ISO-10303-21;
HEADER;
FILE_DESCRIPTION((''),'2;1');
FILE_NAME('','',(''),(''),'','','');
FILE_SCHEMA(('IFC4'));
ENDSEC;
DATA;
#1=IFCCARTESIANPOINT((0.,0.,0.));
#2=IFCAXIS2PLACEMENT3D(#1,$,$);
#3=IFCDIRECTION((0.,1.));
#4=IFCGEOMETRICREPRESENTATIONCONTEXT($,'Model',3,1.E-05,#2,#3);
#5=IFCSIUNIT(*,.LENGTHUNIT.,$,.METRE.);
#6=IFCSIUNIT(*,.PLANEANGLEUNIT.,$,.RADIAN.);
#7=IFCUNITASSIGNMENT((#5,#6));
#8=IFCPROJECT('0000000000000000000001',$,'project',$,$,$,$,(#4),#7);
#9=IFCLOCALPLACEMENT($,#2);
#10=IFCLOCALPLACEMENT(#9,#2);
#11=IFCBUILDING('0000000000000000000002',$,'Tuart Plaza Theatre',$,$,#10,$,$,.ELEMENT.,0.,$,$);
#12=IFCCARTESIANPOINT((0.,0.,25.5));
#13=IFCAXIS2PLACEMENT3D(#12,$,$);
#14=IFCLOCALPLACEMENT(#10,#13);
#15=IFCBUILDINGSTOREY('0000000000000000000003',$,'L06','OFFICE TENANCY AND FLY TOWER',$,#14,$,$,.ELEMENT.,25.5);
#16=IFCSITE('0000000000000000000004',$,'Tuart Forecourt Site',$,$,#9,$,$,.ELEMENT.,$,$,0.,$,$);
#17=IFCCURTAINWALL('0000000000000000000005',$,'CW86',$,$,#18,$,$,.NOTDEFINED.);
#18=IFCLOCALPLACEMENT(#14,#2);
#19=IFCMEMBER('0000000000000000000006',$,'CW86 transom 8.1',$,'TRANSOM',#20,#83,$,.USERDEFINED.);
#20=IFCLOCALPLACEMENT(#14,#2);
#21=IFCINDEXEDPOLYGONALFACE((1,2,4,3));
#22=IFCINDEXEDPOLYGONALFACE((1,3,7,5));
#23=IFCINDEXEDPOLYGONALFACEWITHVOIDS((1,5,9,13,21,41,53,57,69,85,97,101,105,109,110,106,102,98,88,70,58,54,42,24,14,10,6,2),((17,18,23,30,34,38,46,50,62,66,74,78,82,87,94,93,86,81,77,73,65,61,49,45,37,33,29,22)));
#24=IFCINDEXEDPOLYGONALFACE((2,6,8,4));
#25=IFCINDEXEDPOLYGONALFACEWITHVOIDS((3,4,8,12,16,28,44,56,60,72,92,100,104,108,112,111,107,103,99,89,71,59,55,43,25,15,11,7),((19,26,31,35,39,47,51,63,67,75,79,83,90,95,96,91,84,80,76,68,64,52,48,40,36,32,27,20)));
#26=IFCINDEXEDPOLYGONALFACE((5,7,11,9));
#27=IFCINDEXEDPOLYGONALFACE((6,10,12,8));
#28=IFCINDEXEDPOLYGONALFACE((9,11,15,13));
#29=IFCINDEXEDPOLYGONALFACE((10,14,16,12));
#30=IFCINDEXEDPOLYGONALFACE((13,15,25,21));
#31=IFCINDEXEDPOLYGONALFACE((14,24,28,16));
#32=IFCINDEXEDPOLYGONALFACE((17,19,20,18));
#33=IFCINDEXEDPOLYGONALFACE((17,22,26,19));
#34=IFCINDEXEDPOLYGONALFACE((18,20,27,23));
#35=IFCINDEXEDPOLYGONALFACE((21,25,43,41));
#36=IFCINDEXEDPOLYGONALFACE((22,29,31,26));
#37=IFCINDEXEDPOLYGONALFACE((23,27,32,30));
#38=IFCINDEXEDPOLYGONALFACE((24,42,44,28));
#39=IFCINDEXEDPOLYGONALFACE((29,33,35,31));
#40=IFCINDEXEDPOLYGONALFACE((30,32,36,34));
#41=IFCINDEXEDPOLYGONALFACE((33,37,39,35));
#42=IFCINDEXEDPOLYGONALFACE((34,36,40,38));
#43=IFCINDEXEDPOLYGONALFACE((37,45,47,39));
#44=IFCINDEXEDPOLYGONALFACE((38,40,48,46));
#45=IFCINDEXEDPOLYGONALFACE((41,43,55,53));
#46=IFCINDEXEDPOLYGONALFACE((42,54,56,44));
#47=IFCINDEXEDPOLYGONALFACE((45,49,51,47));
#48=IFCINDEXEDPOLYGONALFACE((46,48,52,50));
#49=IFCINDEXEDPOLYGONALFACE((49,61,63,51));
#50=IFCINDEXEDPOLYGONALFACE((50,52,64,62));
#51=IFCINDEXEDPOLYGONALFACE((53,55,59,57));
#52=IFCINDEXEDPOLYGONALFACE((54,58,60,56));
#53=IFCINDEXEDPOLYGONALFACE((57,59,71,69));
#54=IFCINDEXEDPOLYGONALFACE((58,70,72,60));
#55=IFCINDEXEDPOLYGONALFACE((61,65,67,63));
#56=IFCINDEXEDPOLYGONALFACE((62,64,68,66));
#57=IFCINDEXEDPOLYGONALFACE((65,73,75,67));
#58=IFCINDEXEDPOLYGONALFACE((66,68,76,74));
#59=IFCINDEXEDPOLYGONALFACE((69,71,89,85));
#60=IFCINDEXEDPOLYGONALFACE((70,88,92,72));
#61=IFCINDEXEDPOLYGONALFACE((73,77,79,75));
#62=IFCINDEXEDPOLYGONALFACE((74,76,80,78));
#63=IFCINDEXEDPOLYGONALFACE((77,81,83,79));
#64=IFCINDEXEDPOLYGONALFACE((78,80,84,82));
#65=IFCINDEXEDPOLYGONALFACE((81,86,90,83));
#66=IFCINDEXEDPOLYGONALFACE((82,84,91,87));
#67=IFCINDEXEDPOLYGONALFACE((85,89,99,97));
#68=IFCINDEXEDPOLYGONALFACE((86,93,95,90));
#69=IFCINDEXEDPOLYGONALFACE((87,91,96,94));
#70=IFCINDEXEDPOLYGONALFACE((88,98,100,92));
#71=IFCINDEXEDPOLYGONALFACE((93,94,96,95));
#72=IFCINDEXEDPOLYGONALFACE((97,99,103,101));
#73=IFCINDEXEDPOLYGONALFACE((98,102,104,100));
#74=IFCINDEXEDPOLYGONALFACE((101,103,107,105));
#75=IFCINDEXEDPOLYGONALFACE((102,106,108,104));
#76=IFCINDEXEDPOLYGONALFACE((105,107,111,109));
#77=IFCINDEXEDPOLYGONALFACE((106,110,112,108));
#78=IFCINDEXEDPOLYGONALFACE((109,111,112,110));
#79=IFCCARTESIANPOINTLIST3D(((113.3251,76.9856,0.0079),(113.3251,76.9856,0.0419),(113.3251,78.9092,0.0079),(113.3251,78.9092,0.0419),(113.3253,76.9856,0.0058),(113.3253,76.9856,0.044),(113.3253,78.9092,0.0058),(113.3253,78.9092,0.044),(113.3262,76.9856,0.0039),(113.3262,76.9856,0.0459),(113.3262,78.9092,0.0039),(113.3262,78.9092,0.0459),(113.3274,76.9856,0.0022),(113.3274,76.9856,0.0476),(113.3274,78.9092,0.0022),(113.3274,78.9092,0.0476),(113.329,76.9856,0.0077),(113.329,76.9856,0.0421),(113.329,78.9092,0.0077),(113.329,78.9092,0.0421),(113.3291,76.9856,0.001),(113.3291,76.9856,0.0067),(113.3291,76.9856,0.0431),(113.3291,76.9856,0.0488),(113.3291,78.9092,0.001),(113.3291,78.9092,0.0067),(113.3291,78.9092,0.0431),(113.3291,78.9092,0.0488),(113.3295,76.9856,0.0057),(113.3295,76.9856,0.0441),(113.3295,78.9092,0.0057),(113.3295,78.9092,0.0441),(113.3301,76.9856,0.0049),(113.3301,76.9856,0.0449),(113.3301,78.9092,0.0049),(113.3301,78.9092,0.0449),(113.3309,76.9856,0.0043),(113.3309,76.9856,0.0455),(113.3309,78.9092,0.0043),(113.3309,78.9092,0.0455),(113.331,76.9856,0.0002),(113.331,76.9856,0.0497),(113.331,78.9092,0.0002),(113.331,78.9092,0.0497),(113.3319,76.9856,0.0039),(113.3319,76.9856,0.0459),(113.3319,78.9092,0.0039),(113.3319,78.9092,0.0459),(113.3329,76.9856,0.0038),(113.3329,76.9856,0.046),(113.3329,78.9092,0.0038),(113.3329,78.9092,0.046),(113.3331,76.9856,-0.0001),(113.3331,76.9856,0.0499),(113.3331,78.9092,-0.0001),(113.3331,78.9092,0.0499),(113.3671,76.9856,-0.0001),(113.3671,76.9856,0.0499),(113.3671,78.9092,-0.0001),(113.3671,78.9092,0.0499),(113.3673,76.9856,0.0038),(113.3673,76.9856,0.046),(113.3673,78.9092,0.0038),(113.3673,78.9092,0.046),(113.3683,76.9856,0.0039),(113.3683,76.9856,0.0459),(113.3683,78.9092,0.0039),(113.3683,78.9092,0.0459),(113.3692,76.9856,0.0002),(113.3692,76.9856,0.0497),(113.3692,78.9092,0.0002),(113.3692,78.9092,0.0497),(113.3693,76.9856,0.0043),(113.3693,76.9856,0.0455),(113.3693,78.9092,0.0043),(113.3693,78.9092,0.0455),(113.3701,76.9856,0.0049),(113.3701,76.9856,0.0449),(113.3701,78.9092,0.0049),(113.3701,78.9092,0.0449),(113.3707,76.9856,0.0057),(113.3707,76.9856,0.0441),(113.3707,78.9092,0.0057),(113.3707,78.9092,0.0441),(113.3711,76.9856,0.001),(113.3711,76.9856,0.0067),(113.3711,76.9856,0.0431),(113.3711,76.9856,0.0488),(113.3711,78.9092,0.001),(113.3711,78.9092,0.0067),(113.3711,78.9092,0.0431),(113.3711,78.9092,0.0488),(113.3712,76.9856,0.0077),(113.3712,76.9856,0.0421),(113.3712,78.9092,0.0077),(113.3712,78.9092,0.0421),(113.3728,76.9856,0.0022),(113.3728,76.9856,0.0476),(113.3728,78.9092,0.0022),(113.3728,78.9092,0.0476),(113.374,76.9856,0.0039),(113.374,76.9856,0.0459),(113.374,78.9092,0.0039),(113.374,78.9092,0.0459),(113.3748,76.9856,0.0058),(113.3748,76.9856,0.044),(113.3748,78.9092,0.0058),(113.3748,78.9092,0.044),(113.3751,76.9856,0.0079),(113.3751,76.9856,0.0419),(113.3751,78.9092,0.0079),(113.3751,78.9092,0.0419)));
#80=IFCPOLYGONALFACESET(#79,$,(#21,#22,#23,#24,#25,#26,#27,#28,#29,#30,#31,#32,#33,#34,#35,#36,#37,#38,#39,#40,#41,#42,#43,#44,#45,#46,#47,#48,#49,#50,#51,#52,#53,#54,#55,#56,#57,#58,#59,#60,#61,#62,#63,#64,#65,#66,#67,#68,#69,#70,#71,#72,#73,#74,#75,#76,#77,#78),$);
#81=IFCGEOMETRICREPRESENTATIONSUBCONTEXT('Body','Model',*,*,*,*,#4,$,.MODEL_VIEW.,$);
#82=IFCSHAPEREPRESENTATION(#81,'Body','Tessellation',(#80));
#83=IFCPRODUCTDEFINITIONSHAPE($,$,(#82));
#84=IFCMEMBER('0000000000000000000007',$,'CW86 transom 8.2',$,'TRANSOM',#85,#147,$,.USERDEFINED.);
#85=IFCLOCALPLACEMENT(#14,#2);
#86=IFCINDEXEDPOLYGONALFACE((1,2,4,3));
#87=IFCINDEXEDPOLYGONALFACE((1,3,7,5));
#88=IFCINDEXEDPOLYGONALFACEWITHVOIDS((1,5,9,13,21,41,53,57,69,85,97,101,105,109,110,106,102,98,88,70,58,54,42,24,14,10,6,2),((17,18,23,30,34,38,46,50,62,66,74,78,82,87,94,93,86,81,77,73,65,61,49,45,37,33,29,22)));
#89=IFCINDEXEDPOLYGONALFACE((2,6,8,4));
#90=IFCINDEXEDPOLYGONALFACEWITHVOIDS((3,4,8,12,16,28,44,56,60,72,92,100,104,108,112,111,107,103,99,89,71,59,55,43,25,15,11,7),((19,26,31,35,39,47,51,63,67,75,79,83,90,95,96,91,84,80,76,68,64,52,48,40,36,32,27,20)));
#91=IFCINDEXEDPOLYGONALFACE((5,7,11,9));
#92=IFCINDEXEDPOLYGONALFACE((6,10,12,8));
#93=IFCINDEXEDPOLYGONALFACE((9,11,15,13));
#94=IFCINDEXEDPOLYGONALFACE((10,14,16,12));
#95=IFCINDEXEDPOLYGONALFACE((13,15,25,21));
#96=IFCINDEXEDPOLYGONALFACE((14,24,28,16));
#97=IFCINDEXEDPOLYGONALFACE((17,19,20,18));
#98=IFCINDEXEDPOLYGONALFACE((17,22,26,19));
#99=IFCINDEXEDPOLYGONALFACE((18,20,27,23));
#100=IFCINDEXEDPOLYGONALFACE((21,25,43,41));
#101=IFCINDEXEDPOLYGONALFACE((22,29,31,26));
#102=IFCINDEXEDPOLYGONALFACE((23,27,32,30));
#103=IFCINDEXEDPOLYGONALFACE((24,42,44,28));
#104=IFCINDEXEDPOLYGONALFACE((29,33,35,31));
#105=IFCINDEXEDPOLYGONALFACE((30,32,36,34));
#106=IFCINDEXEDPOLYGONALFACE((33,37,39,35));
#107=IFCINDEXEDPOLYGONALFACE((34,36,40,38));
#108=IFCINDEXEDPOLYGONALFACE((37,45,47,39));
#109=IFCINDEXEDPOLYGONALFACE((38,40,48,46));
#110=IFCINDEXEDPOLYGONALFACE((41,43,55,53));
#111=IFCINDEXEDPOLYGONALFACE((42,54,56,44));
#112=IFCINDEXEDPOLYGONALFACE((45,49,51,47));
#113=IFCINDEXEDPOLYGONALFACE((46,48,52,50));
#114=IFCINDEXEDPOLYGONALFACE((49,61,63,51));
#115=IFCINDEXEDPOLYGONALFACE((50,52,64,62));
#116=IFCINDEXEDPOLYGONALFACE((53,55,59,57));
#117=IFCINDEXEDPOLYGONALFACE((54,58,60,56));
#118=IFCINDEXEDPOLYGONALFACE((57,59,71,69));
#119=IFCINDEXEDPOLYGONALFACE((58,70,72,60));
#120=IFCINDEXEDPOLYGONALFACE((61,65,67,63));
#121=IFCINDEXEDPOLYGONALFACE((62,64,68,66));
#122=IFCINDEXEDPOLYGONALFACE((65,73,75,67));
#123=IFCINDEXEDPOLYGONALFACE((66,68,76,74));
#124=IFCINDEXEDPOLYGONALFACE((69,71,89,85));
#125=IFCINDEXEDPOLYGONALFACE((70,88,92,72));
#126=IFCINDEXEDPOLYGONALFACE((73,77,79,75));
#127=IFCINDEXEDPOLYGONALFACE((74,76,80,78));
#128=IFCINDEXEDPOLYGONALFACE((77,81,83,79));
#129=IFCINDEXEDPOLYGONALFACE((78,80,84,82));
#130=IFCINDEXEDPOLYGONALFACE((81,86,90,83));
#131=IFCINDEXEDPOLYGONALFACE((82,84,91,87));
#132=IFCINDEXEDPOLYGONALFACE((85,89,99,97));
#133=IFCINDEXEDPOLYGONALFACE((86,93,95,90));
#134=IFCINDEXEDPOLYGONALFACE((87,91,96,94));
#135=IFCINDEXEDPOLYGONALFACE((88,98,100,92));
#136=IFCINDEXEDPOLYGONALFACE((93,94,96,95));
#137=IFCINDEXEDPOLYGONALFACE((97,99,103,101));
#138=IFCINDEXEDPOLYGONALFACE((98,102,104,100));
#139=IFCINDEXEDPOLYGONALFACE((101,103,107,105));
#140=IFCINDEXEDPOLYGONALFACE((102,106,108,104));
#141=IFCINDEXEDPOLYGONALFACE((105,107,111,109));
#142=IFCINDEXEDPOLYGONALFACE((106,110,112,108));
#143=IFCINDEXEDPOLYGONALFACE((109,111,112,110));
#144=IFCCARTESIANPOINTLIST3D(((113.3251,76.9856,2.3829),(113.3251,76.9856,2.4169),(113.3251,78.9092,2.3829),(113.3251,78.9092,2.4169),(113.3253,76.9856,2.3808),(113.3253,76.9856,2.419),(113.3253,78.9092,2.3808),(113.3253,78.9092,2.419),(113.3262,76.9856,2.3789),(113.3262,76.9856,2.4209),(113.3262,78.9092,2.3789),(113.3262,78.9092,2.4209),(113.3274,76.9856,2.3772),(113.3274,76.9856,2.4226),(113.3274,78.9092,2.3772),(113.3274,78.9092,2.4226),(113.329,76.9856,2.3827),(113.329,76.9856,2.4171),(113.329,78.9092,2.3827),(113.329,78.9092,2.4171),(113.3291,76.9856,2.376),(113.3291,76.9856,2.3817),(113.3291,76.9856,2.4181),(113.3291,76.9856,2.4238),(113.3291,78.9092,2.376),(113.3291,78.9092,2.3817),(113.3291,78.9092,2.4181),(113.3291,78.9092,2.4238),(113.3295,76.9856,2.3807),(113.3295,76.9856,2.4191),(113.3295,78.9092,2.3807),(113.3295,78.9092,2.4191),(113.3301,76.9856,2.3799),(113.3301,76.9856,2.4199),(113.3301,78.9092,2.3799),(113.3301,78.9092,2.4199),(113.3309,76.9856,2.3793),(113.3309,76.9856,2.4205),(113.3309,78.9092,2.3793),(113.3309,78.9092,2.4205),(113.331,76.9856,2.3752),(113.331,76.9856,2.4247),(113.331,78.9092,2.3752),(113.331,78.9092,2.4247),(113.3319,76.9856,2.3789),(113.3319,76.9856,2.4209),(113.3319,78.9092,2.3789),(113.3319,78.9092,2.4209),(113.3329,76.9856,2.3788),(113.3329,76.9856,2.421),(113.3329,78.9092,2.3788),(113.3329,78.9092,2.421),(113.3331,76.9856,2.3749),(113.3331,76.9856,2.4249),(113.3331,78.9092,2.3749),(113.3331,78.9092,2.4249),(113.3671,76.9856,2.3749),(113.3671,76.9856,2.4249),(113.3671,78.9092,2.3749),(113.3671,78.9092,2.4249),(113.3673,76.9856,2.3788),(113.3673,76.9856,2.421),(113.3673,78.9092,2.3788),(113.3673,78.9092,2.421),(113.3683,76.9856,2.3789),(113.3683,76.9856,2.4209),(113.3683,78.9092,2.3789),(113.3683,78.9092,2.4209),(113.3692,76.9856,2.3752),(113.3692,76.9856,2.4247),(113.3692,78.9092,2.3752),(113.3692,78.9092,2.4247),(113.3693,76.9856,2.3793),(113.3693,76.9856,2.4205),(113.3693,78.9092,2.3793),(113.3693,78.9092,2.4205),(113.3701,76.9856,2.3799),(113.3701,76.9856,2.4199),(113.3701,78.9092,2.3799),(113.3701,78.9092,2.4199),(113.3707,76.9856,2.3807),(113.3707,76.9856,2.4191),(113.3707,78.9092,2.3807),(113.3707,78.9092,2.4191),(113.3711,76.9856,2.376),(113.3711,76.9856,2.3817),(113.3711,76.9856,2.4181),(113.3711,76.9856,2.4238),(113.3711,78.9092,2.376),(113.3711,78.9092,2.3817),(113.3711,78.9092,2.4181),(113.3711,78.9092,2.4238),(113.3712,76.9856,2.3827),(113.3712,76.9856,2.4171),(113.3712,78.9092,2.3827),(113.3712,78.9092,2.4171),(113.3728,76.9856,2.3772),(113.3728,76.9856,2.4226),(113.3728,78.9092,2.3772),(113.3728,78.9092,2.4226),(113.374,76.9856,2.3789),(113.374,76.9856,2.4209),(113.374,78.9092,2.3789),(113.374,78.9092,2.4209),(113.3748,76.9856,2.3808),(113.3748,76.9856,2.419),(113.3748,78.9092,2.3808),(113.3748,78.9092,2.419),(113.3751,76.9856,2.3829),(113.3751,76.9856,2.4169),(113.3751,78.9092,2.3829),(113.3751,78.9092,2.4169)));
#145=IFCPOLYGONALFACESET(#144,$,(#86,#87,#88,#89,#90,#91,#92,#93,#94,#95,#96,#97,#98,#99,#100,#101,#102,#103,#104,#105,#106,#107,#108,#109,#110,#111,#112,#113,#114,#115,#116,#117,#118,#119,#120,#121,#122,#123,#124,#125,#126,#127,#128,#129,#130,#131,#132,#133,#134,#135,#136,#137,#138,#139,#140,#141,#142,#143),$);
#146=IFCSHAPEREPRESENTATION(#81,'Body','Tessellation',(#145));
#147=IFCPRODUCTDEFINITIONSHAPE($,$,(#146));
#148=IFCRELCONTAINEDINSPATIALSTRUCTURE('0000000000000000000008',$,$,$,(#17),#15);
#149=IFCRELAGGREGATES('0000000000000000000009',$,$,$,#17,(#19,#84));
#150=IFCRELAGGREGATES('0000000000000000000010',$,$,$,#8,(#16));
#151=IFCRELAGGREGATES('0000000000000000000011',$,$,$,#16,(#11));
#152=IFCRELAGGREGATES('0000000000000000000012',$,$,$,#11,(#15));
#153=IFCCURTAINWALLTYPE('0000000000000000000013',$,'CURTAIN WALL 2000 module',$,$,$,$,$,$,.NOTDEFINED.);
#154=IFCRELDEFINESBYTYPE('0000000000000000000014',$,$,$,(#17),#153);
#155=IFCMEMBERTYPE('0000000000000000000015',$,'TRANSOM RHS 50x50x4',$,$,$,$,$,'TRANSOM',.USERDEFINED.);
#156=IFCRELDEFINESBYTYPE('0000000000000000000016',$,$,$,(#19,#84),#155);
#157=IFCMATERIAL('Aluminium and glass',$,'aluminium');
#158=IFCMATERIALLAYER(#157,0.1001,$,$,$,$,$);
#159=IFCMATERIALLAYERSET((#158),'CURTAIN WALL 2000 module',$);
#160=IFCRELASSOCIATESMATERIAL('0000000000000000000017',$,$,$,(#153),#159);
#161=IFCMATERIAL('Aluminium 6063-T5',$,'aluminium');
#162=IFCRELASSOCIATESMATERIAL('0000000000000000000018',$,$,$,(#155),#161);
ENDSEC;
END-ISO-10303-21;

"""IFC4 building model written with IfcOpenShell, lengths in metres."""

from ifc_helpers import new_model, si_unit, direction, frame, origin, origin_2d, place, context, subcontext, project, spatial, hollow_rectangle, extrude, material, layer, layer_set, material_profile, profile_set, type_object, element, aggregate, save


model = new_model("IFC4")

# Units and contexts
model_context = context("Model", 3, precision=1e-05, world=origin(), true_north=direction((0.0, 1.0)))
body_context = subcontext(model_context, "Body", "Model", "MODEL_VIEW")
ifc_project = project(units=[si_unit("LENGTHUNIT", "METRE"), si_unit("PLANEANGLEUNIT", "RADIAN")], contexts=[model_context])

# Site, building, storey
site_placement = place(None, origin())
site = spatial("IfcSite", under=ifc_project, at=site_placement, Name="Tuart Forecourt Site", CompositionType="ELEMENT", RefElevation=0.0)
building_placement = place(site_placement, origin())
building = spatial("IfcBuilding", under=site, at=building_placement, Name="Tuart Plaza Theatre", CompositionType="ELEMENT", ElevationOfRefHeight=0.0)
storey_placement = place(building_placement, frame((0.0, 0.0, 25.5)))
storey = spatial("IfcBuildingStorey", under=building, at=storey_placement, Name="L06", Description="OFFICE TENANCY AND FLY TOWER", CompositionType="ELEMENT", Elevation=25.5)

# Curtain wall, members
ifc_material_1 = material(Name="Aluminium and glass", Category="aluminium")
ifc_layer_1 = layer(ifc_material_1, 0.1001)
ifc_layer_set_1 = layer_set([ifc_layer_1], Name="CURTAIN WALL 2000 module")
curtain_wall_type = type_object("IfcCurtainWallType", Name="CURTAIN WALL 2000 module", PredefinedType="NOTDEFINED", material=ifc_layer_set_1)
curtain_wall_placement = place(storey_placement, origin())
curtain_wall = element("IfcCurtainWall", 1, at=curtain_wall_placement, inside=storey, type_object=curtain_wall_type, Name="CW86", PredefinedType="NOTDEFINED")
ifc_material_2 = material(Name="Aluminium 6063-T5", Category="aluminium")
ifc_material_profile = material_profile(ifc_material_2, hollow_rectangle(XDim=0.05, YDim=0.05, WallThickness=0.0039, InnerFilletRadius=0.0039, OuterFilletRadius=0.0081, at=origin_2d()), Name="RHS 50x50x4")
ifc_profile_set = profile_set([ifc_material_profile], Name="Aluminium 6063-T5")
member_type = type_object("IfcMemberType", Name="TRANSOM RHS 50x50x4", ElementType="TRANSOM", PredefinedType="USERDEFINED", material=ifc_profile_set)
member_1_placement = place(storey_placement, frame((113.3501, 78.9092, 0.0249), z_axis=(0.0, -1.0, 0.0), x_axis=(1.0, 0.0, 0.0)))
member_1 = element("IfcMember", 2, at=member_1_placement, type_object=member_type, Name="CW86 transom 8.1", ObjectType="TRANSOM", PredefinedType="USERDEFINED", context=body_context, shape_type="SweptSolid", body=[
    extrude(hollow_rectangle(XDim=0.05, YDim=0.05, WallThickness=0.0039, InnerFilletRadius=0.0039, OuterFilletRadius=0.0081, at=origin_2d()), origin(), (0.0, 0.0, 1.0), 1.9236),
])
member_2_placement = place(storey_placement, frame((113.3501, 78.9092, 2.3999), z_axis=(0.0, -1.0, 0.0), x_axis=(1.0, 0.0, 0.0)))
member_2 = element("IfcMember", 3, at=member_2_placement, type_object=member_type, Name="CW86 transom 8.2", ObjectType="TRANSOM", PredefinedType="USERDEFINED", context=body_context, shape_type="SweptSolid", body=[
    extrude(hollow_rectangle(XDim=0.05, YDim=0.05, WallThickness=0.0039, InnerFilletRadius=0.0039, OuterFilletRadius=0.0081, at=origin_2d()), origin(), (0.0, 0.0, 1.0), 1.9236),
])
aggregate(curtain_wall, [member_1, member_2])

save(model, "model.ifc")
